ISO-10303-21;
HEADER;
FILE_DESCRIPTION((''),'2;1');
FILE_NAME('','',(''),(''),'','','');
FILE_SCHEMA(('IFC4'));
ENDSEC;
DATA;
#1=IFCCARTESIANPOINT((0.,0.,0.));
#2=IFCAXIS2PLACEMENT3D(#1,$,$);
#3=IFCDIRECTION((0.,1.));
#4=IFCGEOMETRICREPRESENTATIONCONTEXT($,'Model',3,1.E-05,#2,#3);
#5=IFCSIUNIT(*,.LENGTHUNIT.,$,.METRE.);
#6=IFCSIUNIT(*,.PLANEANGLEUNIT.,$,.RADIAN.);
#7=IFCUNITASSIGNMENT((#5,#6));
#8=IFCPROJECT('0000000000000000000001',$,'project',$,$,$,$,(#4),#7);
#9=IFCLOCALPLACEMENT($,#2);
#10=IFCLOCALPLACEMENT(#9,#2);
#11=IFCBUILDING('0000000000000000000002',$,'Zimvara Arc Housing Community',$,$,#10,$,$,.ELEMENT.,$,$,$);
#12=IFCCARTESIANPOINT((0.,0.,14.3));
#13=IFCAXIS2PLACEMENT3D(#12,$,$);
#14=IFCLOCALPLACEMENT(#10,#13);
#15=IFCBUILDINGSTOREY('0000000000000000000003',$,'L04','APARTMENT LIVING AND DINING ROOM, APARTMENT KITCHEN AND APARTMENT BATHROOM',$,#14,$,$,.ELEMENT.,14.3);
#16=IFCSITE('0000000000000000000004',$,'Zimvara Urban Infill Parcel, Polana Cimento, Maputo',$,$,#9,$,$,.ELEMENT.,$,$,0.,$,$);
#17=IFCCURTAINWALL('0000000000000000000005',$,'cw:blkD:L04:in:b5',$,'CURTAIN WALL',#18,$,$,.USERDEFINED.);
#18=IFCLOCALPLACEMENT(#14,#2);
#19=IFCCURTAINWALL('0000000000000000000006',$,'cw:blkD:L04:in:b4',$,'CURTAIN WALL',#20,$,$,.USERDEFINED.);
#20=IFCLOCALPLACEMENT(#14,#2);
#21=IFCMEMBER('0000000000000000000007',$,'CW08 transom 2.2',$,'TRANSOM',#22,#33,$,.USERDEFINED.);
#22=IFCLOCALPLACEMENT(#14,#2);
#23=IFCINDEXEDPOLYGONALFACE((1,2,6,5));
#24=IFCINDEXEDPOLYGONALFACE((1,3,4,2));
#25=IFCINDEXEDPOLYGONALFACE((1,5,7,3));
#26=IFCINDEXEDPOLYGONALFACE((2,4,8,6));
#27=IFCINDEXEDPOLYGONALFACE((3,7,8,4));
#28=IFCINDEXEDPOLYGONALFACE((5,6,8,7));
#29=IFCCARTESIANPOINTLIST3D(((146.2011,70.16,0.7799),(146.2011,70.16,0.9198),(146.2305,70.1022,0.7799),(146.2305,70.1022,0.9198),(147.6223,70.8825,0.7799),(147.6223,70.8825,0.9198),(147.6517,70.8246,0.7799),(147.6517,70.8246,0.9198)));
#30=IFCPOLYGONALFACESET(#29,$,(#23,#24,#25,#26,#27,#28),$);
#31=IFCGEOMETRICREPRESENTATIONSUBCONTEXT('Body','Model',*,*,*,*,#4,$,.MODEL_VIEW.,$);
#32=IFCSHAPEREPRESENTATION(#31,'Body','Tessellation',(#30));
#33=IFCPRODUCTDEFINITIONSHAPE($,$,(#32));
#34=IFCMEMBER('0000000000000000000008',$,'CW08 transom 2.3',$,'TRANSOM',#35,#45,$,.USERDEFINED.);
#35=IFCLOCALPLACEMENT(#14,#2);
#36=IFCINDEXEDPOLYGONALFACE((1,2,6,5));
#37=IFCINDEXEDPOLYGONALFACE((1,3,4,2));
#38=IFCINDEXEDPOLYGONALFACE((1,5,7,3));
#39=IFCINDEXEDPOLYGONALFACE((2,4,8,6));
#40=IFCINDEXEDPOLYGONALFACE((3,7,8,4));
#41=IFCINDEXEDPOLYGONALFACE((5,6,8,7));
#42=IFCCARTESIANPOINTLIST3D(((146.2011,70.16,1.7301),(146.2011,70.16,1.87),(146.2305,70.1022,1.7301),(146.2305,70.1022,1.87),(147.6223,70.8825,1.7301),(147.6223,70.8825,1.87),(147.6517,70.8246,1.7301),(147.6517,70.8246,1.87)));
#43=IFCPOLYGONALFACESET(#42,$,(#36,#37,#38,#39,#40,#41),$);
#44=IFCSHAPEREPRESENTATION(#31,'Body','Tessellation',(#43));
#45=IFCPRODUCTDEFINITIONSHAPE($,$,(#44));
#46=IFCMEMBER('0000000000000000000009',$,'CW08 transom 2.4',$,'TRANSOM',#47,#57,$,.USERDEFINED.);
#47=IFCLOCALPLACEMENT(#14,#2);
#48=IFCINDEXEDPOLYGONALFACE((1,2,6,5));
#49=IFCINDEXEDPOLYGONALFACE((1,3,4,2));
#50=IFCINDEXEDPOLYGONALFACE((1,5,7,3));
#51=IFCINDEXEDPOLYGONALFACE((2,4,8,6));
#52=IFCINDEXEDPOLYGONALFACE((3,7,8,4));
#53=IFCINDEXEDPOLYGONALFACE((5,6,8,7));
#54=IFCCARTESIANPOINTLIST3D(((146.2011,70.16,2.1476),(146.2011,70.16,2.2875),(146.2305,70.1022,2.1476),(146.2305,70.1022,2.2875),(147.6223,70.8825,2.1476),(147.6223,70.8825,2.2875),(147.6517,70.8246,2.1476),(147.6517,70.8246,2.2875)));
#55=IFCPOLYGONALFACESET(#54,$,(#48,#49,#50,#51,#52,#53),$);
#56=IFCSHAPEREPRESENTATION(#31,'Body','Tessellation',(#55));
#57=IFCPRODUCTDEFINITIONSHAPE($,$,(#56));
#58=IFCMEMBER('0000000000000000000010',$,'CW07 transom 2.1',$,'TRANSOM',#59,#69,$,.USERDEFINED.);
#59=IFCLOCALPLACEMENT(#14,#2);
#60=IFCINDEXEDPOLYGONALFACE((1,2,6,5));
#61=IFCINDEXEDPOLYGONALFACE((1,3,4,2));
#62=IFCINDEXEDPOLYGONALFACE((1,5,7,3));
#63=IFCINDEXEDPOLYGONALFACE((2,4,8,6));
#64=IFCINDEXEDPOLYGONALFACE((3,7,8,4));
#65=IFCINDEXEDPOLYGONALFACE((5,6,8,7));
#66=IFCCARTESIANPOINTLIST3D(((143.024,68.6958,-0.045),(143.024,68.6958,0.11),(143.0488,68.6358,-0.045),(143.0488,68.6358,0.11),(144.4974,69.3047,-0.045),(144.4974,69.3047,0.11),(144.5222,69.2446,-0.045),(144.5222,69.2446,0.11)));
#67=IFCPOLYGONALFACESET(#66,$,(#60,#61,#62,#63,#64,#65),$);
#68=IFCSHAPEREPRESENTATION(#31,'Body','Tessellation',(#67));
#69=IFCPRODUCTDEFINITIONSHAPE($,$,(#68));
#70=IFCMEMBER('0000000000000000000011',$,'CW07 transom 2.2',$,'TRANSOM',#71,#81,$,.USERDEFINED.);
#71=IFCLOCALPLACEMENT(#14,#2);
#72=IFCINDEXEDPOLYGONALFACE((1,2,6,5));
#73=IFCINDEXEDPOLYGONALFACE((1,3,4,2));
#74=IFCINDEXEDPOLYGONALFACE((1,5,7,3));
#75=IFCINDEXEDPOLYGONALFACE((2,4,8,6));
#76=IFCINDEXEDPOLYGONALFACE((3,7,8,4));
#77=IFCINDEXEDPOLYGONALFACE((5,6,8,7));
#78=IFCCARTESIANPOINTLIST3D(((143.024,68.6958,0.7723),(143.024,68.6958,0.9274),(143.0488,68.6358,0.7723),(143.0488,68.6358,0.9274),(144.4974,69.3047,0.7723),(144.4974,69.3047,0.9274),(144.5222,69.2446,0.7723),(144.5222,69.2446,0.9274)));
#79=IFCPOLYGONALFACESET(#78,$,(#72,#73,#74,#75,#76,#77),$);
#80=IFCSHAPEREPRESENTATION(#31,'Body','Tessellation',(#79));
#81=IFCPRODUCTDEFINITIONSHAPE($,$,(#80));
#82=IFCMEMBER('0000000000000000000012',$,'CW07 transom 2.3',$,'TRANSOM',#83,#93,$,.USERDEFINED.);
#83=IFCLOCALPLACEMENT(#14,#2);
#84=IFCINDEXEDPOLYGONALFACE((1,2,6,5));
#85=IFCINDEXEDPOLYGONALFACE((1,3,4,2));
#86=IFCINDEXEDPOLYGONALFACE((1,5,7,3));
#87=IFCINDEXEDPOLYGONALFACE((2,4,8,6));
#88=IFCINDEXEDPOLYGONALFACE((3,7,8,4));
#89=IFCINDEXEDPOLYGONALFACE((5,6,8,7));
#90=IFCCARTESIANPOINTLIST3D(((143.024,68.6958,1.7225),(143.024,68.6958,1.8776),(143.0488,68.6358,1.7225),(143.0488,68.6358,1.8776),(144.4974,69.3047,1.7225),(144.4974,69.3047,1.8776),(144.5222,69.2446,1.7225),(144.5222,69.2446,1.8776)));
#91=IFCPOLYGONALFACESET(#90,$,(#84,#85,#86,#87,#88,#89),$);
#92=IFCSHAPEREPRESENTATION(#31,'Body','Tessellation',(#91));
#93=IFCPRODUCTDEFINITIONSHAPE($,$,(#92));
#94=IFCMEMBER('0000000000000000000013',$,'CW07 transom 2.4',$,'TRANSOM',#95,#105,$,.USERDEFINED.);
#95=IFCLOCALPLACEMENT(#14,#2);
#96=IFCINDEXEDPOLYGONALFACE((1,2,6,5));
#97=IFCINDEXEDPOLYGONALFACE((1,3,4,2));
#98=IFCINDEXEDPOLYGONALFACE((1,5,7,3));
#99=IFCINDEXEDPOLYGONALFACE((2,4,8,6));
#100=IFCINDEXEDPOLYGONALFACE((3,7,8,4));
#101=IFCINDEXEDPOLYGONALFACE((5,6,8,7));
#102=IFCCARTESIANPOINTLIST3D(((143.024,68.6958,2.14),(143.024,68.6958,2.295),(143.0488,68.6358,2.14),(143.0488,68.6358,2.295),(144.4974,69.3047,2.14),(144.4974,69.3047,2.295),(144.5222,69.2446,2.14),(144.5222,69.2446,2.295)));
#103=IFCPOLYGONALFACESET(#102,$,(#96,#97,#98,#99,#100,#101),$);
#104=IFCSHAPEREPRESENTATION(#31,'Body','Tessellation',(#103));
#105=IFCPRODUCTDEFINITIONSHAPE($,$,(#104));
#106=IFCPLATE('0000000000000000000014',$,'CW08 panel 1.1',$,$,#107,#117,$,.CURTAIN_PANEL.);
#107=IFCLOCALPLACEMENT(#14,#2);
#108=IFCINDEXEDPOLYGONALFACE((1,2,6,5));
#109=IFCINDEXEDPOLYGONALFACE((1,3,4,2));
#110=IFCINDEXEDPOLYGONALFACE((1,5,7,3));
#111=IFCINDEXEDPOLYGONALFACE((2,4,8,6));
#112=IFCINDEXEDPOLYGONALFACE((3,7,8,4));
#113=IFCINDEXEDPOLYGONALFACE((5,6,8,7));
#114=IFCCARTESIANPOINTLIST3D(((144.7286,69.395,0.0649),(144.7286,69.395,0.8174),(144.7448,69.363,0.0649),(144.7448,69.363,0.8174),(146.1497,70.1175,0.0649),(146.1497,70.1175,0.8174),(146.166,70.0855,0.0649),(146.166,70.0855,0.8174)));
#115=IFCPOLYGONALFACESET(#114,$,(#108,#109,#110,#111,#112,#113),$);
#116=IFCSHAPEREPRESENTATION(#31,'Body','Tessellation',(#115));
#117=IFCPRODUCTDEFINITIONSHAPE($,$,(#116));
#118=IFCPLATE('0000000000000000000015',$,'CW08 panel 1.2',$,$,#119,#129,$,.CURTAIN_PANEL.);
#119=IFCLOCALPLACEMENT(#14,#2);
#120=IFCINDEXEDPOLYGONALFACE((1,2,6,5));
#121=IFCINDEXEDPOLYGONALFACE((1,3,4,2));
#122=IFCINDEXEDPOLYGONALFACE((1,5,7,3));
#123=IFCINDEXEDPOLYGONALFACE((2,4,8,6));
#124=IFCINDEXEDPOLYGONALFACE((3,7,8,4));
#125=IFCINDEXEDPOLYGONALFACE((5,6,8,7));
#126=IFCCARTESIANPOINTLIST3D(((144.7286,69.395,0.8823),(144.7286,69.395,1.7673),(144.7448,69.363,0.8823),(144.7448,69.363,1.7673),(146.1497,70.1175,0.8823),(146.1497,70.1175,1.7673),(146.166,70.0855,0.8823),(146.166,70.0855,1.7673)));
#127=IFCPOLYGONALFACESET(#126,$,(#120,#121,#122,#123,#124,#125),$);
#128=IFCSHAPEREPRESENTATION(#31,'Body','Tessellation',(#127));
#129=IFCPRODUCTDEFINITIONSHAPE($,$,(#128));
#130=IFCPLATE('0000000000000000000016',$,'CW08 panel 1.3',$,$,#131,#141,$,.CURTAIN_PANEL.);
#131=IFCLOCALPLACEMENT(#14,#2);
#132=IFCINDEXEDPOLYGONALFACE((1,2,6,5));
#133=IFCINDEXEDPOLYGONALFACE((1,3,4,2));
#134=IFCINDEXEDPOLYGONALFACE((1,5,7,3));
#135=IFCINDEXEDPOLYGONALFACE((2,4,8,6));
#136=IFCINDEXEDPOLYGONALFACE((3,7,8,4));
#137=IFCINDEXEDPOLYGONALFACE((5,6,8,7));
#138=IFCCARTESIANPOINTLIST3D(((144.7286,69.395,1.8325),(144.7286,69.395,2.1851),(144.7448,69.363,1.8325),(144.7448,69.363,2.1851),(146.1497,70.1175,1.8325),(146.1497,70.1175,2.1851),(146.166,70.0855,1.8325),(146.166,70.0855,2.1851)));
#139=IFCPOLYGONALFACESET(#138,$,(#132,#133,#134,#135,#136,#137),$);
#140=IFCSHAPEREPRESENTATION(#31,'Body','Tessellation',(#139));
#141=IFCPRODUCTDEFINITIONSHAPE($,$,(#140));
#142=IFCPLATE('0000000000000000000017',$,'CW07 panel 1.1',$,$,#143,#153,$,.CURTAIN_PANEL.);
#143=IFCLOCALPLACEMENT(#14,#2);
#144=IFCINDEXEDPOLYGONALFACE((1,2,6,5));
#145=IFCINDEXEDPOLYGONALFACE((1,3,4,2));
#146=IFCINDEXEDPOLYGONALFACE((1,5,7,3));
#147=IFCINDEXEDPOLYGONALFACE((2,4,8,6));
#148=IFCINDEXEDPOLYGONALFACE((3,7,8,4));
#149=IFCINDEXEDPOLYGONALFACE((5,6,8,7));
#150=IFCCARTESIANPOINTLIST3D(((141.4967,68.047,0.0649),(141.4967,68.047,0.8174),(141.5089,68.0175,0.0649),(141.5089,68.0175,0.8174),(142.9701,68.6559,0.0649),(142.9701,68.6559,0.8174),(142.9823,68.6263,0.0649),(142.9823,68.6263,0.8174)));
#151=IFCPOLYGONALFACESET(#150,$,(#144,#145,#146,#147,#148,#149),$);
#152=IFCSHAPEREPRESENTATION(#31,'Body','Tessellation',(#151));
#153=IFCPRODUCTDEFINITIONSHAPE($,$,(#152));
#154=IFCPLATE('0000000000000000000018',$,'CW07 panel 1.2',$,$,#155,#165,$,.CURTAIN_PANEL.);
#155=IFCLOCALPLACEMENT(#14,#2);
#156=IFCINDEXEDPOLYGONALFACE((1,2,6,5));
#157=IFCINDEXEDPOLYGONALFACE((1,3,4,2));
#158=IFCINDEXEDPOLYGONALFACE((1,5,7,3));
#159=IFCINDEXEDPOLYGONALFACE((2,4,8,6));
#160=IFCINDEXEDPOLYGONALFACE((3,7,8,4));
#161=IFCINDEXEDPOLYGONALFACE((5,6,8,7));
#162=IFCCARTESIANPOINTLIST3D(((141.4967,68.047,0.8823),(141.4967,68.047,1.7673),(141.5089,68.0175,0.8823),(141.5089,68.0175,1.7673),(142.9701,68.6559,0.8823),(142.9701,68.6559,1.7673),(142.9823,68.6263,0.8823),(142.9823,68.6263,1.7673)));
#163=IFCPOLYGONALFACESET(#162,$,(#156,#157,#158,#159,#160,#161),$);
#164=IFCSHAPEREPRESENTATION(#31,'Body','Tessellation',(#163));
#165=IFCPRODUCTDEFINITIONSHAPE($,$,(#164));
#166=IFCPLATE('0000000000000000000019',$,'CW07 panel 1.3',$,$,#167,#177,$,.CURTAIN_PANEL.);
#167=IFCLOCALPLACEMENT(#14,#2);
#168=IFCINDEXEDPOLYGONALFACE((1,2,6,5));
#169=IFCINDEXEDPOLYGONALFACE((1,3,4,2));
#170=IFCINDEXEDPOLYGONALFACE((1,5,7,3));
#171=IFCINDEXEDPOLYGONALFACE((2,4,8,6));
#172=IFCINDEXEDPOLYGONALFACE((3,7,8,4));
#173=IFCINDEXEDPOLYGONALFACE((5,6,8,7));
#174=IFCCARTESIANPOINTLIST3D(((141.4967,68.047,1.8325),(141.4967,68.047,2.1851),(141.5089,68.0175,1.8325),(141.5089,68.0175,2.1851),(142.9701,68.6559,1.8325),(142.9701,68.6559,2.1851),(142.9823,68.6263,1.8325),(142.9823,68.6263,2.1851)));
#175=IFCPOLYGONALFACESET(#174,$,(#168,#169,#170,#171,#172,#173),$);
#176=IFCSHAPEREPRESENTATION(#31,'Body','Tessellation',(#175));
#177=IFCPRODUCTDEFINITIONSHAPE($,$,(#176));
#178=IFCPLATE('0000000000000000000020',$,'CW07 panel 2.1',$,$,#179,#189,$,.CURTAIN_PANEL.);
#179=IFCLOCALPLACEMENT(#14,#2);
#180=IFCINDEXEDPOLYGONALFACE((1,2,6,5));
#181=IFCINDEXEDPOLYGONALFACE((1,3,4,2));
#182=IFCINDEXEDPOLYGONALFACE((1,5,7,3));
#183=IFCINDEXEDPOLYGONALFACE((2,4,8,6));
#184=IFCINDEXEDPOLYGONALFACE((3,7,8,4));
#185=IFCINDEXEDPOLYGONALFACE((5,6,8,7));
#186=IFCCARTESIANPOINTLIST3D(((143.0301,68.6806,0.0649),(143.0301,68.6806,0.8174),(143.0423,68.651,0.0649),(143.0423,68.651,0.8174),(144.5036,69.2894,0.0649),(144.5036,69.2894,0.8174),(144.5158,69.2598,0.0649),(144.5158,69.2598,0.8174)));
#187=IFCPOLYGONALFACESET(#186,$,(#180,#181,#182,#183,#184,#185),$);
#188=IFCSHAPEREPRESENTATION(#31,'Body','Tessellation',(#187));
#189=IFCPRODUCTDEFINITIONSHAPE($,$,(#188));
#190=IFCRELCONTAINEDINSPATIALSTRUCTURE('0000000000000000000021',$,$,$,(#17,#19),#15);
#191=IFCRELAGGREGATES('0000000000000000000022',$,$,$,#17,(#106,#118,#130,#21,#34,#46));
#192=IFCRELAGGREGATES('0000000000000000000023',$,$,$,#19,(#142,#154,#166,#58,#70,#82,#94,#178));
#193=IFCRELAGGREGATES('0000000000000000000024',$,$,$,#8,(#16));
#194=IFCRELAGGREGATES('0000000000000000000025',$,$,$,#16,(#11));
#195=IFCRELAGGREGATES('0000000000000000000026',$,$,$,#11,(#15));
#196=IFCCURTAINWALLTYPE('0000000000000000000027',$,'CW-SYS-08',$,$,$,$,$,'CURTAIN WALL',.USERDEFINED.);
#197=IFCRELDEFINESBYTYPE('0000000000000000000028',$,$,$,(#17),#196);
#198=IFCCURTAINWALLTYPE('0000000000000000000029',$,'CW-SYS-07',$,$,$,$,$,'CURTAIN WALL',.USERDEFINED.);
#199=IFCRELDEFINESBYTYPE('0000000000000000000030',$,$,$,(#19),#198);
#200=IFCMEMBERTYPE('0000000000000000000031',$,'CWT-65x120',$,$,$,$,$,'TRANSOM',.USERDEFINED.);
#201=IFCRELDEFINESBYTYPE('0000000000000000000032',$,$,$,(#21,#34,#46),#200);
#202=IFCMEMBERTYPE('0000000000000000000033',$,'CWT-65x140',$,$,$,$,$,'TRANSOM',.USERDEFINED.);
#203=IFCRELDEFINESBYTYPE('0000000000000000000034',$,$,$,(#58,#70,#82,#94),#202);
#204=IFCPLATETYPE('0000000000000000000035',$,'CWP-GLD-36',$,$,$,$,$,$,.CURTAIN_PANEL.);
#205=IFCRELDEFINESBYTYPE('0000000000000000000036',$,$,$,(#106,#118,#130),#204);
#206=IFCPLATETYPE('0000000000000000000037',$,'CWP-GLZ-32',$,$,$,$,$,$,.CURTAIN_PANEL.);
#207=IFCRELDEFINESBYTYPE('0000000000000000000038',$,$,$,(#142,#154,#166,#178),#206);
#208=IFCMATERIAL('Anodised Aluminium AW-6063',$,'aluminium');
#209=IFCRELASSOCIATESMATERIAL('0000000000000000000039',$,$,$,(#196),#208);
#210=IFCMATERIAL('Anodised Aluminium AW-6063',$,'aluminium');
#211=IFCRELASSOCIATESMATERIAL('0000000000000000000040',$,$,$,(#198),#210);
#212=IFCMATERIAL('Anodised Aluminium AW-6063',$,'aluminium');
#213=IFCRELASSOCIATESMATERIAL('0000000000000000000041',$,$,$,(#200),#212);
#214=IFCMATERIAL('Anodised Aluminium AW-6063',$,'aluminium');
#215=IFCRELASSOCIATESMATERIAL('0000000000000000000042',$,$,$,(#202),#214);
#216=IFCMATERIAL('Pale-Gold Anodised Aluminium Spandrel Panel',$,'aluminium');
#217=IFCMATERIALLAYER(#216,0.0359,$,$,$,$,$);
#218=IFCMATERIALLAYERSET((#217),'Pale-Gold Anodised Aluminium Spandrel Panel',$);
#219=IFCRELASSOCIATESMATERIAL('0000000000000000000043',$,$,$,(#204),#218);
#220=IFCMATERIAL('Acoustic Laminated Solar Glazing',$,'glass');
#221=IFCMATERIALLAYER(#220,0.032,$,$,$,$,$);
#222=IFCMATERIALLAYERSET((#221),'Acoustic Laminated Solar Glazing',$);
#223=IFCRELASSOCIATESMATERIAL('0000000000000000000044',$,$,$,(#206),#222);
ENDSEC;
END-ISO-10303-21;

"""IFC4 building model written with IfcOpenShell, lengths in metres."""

from ifc_helpers import new_model, si_unit, direction, frame, origin, origin_2d, place, context, subcontext, project, spatial, rectangle, extrude, material, layer, layer_set, material_profile, profile_set, type_object, element, aggregate, save


model = new_model("IFC4")

# Units and contexts
model_context = context("Model", 3, precision=1e-05, world=origin(), true_north=direction((0.0, 1.0)))
body_context = subcontext(model_context, "Body", "Model", "MODEL_VIEW")
ifc_project = project(units=[si_unit("LENGTHUNIT", "METRE"), si_unit("PLANEANGLEUNIT", "RADIAN")], contexts=[model_context])

# Site, building, storey
site_placement = place(None, origin())
site = spatial("IfcSite", under=ifc_project, at=site_placement, Name="Zimvara Urban Infill Parcel, Polana Cimento, Maputo", CompositionType="ELEMENT", RefElevation=0.0)
building_placement = place(site_placement, origin())
building = spatial("IfcBuilding", under=site, at=building_placement, Name="Zimvara Arc Housing Community", CompositionType="ELEMENT")
storey_placement = place(building_placement, frame((0.0, 0.0, 14.3)))
storey = spatial("IfcBuildingStorey", under=building, at=storey_placement, Name="L04", Description="APARTMENT LIVING AND DINING ROOM, APARTMENT KITCHEN AND APARTMENT BATHROOM", CompositionType="ELEMENT", Elevation=14.3)

# Curtain walls
ifc_material_1 = material(Name="Anodised Aluminium AW-6063", Category="aluminium")
curtain_wall_type_1 = type_object("IfcCurtainWallType", Name="CW-SYS-08", ElementType="CURTAIN WALL", PredefinedType="USERDEFINED", material=ifc_material_1)
curtain_wall_1_placement = place(storey_placement, origin())
curtain_wall_1 = element("IfcCurtainWall", 1, at=curtain_wall_1_placement, inside=storey, type_object=curtain_wall_type_1, Name="cw:blkD:L04:in:b5", ObjectType="CURTAIN WALL", PredefinedType="USERDEFINED")
ifc_material_2 = material(Name="Anodised Aluminium AW-6063", Category="aluminium")
curtain_wall_type_2 = type_object("IfcCurtainWallType", Name="CW-SYS-07", ElementType="CURTAIN WALL", PredefinedType="USERDEFINED", material=ifc_material_2)
curtain_wall_2_placement = place(storey_placement, origin())
curtain_wall_2 = element("IfcCurtainWall", 2, at=curtain_wall_2_placement, inside=storey, type_object=curtain_wall_type_2, Name="cw:blkD:L04:in:b4", ObjectType="CURTAIN WALL", PredefinedType="USERDEFINED")

# Members
ifc_material_3 = material(Name="Anodised Aluminium AW-6063", Category="aluminium")
ifc_material_profile_1 = material_profile(ifc_material_3, rectangle(XDim=0.0649, YDim=0.1399, at=origin_2d()), Name="ALU 65x140")
ifc_profile_set_1 = profile_set([ifc_material_profile_1], Name="Anodised Aluminium AW-6063")
member_type_1 = type_object("IfcMemberType", Name="CWT-65x120", ElementType="TRANSOM", PredefinedType="USERDEFINED", material=ifc_profile_set_1)
member_1_placement = place(storey_placement, frame((146.2158, 70.1311, 0.8499), z_axis=(0.891437, 0.453146, 0.0), x_axis=(-0.453146, 0.891437, 0.0)))
member_1 = element("IfcMember", 3, at=member_1_placement, type_object=member_type_1, Name="CW08 transom 2.2", ObjectType="TRANSOM", PredefinedType="USERDEFINED", context=body_context, shape_type="SweptSolid", body=[
    extrude(rectangle(XDim=0.0649, YDim=0.1399, at=origin_2d()), origin(), (0.0, 0.0, 1.0), 1.5942),
])
member_2_placement = place(storey_placement, frame((146.2158, 70.1311, 1.8), z_axis=(0.891437, 0.453146, 0.0), x_axis=(-0.453146, 0.891437, 0.0)))
member_2 = element("IfcMember", 4, at=member_2_placement, type_object=member_type_1, Name="CW08 transom 2.3", ObjectType="TRANSOM", PredefinedType="USERDEFINED", context=body_context, shape_type="SweptSolid", body=[
    extrude(rectangle(XDim=0.0649, YDim=0.1399, at=origin_2d()), origin(), (0.0, 0.0, 1.0), 1.5942),
])
member_3_placement = place(storey_placement, frame((146.2158, 70.1311, 2.2175), z_axis=(0.891437, 0.453146, 0.0), x_axis=(-0.453146, 0.891437, 0.0)))
member_3 = element("IfcMember", 5, at=member_3_placement, type_object=member_type_1, Name="CW08 transom 2.4", ObjectType="TRANSOM", PredefinedType="USERDEFINED", context=body_context, shape_type="SweptSolid", body=[
    extrude(rectangle(XDim=0.0649, YDim=0.1399, at=origin_2d()), origin(), (0.0, 0.0, 1.0), 1.5942),
])
ifc_material_4 = material(Name="Anodised Aluminium AW-6063", Category="aluminium")
ifc_material_profile_2 = material_profile(ifc_material_4, rectangle(XDim=0.0649, YDim=0.155, at=origin_2d()), Name="ALU 65x155")
ifc_profile_set_2 = profile_set([ifc_material_profile_2], Name="Anodised Aluminium AW-6063")
member_type_2 = type_object("IfcMemberType", Name="CWT-65x140", ElementType="TRANSOM", PredefinedType="USERDEFINED", material=ifc_profile_set_2)
member_4_placement = place(storey_placement, frame((143.0364, 68.6658, 0.0325), z_axis=(0.924192, 0.381928, 0.0), x_axis=(-0.381928, 0.924192, 0.0)))
member_4 = element("IfcMember", 6, at=member_4_placement, type_object=member_type_2, Name="CW07 transom 2.1", ObjectType="TRANSOM", PredefinedType="USERDEFINED", context=body_context, shape_type="SweptSolid", body=[
    extrude(rectangle(XDim=0.0649, YDim=0.155, at=origin_2d()), origin(), (0.0, 0.0, 1.0), 1.5942),
])
member_5_placement = place(storey_placement, frame((143.0364, 68.6658, 0.8499), z_axis=(0.924192, 0.381928, 0.0), x_axis=(-0.381928, 0.924192, 0.0)))
member_5 = element("IfcMember", 7, at=member_5_placement, type_object=member_type_2, Name="CW07 transom 2.2", ObjectType="TRANSOM", PredefinedType="USERDEFINED", context=body_context, shape_type="SweptSolid", body=[
    extrude(rectangle(XDim=0.0649, YDim=0.155, at=origin_2d()), origin(), (0.0, 0.0, 1.0), 1.5942),
])
member_6_placement = place(storey_placement, frame((143.0364, 68.6658, 1.8), z_axis=(0.924192, 0.381928, 0.0), x_axis=(-0.381928, 0.924192, 0.0)))
member_6 = element("IfcMember", 8, at=member_6_placement, type_object=member_type_2, Name="CW07 transom 2.3", ObjectType="TRANSOM", PredefinedType="USERDEFINED", context=body_context, shape_type="SweptSolid", body=[
    extrude(rectangle(XDim=0.0649, YDim=0.155, at=origin_2d()), origin(), (0.0, 0.0, 1.0), 1.5942),
])
member_7_placement = place(storey_placement, frame((143.0364, 68.6658, 2.2175), z_axis=(0.924192, 0.381928, 0.0), x_axis=(-0.381928, 0.924192, 0.0)))
member_7 = element("IfcMember", 9, at=member_7_placement, type_object=member_type_2, Name="CW07 transom 2.4", ObjectType="TRANSOM", PredefinedType="USERDEFINED", context=body_context, shape_type="SweptSolid", body=[
    extrude(rectangle(XDim=0.0649, YDim=0.155, at=origin_2d()), origin(), (0.0, 0.0, 1.0), 1.5942),
])

# Plates
ifc_material_5 = material(Name="Pale-Gold Anodised Aluminium Spandrel Panel", Category="aluminium")
ifc_layer_1 = layer(ifc_material_5, 0.0359)
ifc_layer_set_1 = layer_set([ifc_layer_1], Name="Pale-Gold Anodised Aluminium Spandrel Panel")
plate_type_1 = type_object("IfcPlateType", Name="CWP-GLD-36", PredefinedType="CURTAIN_PANEL", material=ifc_layer_set_1)
plate_1_placement = place(storey_placement, frame((145.4473, 69.7402, 0.0649), z_axis=(0.0, 0.0, 1.0), x_axis=(0.891403, 0.453211, 0.0)))
plate_1 = element("IfcPlate", 10, at=plate_1_placement, type_object=plate_type_1, Name="CW08 panel 1.1", PredefinedType="CURTAIN_PANEL", context=body_context, shape_type="SweptSolid", body=[
    extrude(rectangle(XDim=1.5942, YDim=0.0359, at=origin_2d()), origin(), (0.0, 0.0, 1.0), 0.7524),
])
plate_2_placement = place(storey_placement, frame((145.4473, 69.7402, 0.8823), z_axis=(0.0, 0.0, 1.0), x_axis=(0.891403, 0.453211, 0.0)))
plate_2 = element("IfcPlate", 11, at=plate_2_placement, type_object=plate_type_1, Name="CW08 panel 1.2", PredefinedType="CURTAIN_PANEL", context=body_context, shape_type="SweptSolid", body=[
    extrude(rectangle(XDim=1.5942, YDim=0.0359, at=origin_2d()), origin(), (0.0, 0.0, 1.0), 0.885),
])
plate_3_placement = place(storey_placement, frame((145.4473, 69.7402, 1.8325), z_axis=(0.0, 0.0, 1.0), x_axis=(0.891403, 0.453211, 0.0)))
plate_3 = element("IfcPlate", 12, at=plate_3_placement, type_object=plate_type_1, Name="CW08 panel 1.3", PredefinedType="CURTAIN_PANEL", context=body_context, shape_type="SweptSolid", body=[
    extrude(rectangle(XDim=1.5942, YDim=0.0359, at=origin_2d()), origin(), (0.0, 0.0, 1.0), 0.3525),
])
aggregate(curtain_wall_1, [plate_1, plate_2, plate_3, member_1, member_2, member_3])
ifc_material_6 = material(Name="Acoustic Laminated Solar Glazing", Category="glass")
ifc_layer_2 = layer(ifc_material_6, 0.032)
ifc_layer_set_2 = layer_set([ifc_layer_2], Name="Acoustic Laminated Solar Glazing")
plate_type_2 = type_object("IfcPlateType", Name="CWP-GLZ-32", PredefinedType="CURTAIN_PANEL", material=ifc_layer_set_2)
plate_4_placement = place(storey_placement, frame((142.2395, 68.3367, 0.0649), z_axis=(0.0, 0.0, 1.0), x_axis=(0.924213, 0.381877, 0.0)))
plate_4 = element("IfcPlate", 13, at=plate_4_placement, type_object=plate_type_2, Name="CW07 panel 1.1", PredefinedType="CURTAIN_PANEL", context=body_context, shape_type="SweptSolid", body=[
    extrude(rectangle(XDim=1.5942, YDim=0.032, at=origin_2d()), origin(), (0.0, 0.0, 1.0), 0.7524),
])
plate_5_placement = place(storey_placement, frame((142.2395, 68.3367, 0.8823), z_axis=(0.0, 0.0, 1.0), x_axis=(0.924213, 0.381877, 0.0)))
plate_5 = element("IfcPlate", 14, at=plate_5_placement, type_object=plate_type_2, Name="CW07 panel 1.2", PredefinedType="CURTAIN_PANEL", context=body_context, shape_type="SweptSolid", body=[
    extrude(rectangle(XDim=1.5942, YDim=0.032, at=origin_2d()), origin(), (0.0, 0.0, 1.0), 0.885),
])
plate_6_placement = place(storey_placement, frame((142.2395, 68.3367, 1.8325), z_axis=(0.0, 0.0, 1.0), x_axis=(0.924213, 0.381877, 0.0)))
plate_6 = element("IfcPlate", 15, at=plate_6_placement, type_object=plate_type_2, Name="CW07 panel 1.3", PredefinedType="CURTAIN_PANEL", context=body_context, shape_type="SweptSolid", body=[
    extrude(rectangle(XDim=1.5942, YDim=0.032, at=origin_2d()), origin(), (0.0, 0.0, 1.0), 0.3525),
])
plate_7_placement = place(storey_placement, frame((143.7729, 68.9702, 0.0649), z_axis=(0.0, 0.0, 1.0), x_axis=(0.924213, 0.381877, 0.0)))
plate_7 = element("IfcPlate", 16, at=plate_7_placement, type_object=plate_type_2, Name="CW07 panel 2.1", PredefinedType="CURTAIN_PANEL", context=body_context, shape_type="SweptSolid", body=[
    extrude(rectangle(XDim=1.5942, YDim=0.032, at=origin_2d()), origin(), (0.0, 0.0, 1.0), 0.7524),
])
aggregate(curtain_wall_2, [plate_4, plate_5, plate_6, member_4, member_5, member_6, member_7, plate_7])

save(model, "model.ifc")
